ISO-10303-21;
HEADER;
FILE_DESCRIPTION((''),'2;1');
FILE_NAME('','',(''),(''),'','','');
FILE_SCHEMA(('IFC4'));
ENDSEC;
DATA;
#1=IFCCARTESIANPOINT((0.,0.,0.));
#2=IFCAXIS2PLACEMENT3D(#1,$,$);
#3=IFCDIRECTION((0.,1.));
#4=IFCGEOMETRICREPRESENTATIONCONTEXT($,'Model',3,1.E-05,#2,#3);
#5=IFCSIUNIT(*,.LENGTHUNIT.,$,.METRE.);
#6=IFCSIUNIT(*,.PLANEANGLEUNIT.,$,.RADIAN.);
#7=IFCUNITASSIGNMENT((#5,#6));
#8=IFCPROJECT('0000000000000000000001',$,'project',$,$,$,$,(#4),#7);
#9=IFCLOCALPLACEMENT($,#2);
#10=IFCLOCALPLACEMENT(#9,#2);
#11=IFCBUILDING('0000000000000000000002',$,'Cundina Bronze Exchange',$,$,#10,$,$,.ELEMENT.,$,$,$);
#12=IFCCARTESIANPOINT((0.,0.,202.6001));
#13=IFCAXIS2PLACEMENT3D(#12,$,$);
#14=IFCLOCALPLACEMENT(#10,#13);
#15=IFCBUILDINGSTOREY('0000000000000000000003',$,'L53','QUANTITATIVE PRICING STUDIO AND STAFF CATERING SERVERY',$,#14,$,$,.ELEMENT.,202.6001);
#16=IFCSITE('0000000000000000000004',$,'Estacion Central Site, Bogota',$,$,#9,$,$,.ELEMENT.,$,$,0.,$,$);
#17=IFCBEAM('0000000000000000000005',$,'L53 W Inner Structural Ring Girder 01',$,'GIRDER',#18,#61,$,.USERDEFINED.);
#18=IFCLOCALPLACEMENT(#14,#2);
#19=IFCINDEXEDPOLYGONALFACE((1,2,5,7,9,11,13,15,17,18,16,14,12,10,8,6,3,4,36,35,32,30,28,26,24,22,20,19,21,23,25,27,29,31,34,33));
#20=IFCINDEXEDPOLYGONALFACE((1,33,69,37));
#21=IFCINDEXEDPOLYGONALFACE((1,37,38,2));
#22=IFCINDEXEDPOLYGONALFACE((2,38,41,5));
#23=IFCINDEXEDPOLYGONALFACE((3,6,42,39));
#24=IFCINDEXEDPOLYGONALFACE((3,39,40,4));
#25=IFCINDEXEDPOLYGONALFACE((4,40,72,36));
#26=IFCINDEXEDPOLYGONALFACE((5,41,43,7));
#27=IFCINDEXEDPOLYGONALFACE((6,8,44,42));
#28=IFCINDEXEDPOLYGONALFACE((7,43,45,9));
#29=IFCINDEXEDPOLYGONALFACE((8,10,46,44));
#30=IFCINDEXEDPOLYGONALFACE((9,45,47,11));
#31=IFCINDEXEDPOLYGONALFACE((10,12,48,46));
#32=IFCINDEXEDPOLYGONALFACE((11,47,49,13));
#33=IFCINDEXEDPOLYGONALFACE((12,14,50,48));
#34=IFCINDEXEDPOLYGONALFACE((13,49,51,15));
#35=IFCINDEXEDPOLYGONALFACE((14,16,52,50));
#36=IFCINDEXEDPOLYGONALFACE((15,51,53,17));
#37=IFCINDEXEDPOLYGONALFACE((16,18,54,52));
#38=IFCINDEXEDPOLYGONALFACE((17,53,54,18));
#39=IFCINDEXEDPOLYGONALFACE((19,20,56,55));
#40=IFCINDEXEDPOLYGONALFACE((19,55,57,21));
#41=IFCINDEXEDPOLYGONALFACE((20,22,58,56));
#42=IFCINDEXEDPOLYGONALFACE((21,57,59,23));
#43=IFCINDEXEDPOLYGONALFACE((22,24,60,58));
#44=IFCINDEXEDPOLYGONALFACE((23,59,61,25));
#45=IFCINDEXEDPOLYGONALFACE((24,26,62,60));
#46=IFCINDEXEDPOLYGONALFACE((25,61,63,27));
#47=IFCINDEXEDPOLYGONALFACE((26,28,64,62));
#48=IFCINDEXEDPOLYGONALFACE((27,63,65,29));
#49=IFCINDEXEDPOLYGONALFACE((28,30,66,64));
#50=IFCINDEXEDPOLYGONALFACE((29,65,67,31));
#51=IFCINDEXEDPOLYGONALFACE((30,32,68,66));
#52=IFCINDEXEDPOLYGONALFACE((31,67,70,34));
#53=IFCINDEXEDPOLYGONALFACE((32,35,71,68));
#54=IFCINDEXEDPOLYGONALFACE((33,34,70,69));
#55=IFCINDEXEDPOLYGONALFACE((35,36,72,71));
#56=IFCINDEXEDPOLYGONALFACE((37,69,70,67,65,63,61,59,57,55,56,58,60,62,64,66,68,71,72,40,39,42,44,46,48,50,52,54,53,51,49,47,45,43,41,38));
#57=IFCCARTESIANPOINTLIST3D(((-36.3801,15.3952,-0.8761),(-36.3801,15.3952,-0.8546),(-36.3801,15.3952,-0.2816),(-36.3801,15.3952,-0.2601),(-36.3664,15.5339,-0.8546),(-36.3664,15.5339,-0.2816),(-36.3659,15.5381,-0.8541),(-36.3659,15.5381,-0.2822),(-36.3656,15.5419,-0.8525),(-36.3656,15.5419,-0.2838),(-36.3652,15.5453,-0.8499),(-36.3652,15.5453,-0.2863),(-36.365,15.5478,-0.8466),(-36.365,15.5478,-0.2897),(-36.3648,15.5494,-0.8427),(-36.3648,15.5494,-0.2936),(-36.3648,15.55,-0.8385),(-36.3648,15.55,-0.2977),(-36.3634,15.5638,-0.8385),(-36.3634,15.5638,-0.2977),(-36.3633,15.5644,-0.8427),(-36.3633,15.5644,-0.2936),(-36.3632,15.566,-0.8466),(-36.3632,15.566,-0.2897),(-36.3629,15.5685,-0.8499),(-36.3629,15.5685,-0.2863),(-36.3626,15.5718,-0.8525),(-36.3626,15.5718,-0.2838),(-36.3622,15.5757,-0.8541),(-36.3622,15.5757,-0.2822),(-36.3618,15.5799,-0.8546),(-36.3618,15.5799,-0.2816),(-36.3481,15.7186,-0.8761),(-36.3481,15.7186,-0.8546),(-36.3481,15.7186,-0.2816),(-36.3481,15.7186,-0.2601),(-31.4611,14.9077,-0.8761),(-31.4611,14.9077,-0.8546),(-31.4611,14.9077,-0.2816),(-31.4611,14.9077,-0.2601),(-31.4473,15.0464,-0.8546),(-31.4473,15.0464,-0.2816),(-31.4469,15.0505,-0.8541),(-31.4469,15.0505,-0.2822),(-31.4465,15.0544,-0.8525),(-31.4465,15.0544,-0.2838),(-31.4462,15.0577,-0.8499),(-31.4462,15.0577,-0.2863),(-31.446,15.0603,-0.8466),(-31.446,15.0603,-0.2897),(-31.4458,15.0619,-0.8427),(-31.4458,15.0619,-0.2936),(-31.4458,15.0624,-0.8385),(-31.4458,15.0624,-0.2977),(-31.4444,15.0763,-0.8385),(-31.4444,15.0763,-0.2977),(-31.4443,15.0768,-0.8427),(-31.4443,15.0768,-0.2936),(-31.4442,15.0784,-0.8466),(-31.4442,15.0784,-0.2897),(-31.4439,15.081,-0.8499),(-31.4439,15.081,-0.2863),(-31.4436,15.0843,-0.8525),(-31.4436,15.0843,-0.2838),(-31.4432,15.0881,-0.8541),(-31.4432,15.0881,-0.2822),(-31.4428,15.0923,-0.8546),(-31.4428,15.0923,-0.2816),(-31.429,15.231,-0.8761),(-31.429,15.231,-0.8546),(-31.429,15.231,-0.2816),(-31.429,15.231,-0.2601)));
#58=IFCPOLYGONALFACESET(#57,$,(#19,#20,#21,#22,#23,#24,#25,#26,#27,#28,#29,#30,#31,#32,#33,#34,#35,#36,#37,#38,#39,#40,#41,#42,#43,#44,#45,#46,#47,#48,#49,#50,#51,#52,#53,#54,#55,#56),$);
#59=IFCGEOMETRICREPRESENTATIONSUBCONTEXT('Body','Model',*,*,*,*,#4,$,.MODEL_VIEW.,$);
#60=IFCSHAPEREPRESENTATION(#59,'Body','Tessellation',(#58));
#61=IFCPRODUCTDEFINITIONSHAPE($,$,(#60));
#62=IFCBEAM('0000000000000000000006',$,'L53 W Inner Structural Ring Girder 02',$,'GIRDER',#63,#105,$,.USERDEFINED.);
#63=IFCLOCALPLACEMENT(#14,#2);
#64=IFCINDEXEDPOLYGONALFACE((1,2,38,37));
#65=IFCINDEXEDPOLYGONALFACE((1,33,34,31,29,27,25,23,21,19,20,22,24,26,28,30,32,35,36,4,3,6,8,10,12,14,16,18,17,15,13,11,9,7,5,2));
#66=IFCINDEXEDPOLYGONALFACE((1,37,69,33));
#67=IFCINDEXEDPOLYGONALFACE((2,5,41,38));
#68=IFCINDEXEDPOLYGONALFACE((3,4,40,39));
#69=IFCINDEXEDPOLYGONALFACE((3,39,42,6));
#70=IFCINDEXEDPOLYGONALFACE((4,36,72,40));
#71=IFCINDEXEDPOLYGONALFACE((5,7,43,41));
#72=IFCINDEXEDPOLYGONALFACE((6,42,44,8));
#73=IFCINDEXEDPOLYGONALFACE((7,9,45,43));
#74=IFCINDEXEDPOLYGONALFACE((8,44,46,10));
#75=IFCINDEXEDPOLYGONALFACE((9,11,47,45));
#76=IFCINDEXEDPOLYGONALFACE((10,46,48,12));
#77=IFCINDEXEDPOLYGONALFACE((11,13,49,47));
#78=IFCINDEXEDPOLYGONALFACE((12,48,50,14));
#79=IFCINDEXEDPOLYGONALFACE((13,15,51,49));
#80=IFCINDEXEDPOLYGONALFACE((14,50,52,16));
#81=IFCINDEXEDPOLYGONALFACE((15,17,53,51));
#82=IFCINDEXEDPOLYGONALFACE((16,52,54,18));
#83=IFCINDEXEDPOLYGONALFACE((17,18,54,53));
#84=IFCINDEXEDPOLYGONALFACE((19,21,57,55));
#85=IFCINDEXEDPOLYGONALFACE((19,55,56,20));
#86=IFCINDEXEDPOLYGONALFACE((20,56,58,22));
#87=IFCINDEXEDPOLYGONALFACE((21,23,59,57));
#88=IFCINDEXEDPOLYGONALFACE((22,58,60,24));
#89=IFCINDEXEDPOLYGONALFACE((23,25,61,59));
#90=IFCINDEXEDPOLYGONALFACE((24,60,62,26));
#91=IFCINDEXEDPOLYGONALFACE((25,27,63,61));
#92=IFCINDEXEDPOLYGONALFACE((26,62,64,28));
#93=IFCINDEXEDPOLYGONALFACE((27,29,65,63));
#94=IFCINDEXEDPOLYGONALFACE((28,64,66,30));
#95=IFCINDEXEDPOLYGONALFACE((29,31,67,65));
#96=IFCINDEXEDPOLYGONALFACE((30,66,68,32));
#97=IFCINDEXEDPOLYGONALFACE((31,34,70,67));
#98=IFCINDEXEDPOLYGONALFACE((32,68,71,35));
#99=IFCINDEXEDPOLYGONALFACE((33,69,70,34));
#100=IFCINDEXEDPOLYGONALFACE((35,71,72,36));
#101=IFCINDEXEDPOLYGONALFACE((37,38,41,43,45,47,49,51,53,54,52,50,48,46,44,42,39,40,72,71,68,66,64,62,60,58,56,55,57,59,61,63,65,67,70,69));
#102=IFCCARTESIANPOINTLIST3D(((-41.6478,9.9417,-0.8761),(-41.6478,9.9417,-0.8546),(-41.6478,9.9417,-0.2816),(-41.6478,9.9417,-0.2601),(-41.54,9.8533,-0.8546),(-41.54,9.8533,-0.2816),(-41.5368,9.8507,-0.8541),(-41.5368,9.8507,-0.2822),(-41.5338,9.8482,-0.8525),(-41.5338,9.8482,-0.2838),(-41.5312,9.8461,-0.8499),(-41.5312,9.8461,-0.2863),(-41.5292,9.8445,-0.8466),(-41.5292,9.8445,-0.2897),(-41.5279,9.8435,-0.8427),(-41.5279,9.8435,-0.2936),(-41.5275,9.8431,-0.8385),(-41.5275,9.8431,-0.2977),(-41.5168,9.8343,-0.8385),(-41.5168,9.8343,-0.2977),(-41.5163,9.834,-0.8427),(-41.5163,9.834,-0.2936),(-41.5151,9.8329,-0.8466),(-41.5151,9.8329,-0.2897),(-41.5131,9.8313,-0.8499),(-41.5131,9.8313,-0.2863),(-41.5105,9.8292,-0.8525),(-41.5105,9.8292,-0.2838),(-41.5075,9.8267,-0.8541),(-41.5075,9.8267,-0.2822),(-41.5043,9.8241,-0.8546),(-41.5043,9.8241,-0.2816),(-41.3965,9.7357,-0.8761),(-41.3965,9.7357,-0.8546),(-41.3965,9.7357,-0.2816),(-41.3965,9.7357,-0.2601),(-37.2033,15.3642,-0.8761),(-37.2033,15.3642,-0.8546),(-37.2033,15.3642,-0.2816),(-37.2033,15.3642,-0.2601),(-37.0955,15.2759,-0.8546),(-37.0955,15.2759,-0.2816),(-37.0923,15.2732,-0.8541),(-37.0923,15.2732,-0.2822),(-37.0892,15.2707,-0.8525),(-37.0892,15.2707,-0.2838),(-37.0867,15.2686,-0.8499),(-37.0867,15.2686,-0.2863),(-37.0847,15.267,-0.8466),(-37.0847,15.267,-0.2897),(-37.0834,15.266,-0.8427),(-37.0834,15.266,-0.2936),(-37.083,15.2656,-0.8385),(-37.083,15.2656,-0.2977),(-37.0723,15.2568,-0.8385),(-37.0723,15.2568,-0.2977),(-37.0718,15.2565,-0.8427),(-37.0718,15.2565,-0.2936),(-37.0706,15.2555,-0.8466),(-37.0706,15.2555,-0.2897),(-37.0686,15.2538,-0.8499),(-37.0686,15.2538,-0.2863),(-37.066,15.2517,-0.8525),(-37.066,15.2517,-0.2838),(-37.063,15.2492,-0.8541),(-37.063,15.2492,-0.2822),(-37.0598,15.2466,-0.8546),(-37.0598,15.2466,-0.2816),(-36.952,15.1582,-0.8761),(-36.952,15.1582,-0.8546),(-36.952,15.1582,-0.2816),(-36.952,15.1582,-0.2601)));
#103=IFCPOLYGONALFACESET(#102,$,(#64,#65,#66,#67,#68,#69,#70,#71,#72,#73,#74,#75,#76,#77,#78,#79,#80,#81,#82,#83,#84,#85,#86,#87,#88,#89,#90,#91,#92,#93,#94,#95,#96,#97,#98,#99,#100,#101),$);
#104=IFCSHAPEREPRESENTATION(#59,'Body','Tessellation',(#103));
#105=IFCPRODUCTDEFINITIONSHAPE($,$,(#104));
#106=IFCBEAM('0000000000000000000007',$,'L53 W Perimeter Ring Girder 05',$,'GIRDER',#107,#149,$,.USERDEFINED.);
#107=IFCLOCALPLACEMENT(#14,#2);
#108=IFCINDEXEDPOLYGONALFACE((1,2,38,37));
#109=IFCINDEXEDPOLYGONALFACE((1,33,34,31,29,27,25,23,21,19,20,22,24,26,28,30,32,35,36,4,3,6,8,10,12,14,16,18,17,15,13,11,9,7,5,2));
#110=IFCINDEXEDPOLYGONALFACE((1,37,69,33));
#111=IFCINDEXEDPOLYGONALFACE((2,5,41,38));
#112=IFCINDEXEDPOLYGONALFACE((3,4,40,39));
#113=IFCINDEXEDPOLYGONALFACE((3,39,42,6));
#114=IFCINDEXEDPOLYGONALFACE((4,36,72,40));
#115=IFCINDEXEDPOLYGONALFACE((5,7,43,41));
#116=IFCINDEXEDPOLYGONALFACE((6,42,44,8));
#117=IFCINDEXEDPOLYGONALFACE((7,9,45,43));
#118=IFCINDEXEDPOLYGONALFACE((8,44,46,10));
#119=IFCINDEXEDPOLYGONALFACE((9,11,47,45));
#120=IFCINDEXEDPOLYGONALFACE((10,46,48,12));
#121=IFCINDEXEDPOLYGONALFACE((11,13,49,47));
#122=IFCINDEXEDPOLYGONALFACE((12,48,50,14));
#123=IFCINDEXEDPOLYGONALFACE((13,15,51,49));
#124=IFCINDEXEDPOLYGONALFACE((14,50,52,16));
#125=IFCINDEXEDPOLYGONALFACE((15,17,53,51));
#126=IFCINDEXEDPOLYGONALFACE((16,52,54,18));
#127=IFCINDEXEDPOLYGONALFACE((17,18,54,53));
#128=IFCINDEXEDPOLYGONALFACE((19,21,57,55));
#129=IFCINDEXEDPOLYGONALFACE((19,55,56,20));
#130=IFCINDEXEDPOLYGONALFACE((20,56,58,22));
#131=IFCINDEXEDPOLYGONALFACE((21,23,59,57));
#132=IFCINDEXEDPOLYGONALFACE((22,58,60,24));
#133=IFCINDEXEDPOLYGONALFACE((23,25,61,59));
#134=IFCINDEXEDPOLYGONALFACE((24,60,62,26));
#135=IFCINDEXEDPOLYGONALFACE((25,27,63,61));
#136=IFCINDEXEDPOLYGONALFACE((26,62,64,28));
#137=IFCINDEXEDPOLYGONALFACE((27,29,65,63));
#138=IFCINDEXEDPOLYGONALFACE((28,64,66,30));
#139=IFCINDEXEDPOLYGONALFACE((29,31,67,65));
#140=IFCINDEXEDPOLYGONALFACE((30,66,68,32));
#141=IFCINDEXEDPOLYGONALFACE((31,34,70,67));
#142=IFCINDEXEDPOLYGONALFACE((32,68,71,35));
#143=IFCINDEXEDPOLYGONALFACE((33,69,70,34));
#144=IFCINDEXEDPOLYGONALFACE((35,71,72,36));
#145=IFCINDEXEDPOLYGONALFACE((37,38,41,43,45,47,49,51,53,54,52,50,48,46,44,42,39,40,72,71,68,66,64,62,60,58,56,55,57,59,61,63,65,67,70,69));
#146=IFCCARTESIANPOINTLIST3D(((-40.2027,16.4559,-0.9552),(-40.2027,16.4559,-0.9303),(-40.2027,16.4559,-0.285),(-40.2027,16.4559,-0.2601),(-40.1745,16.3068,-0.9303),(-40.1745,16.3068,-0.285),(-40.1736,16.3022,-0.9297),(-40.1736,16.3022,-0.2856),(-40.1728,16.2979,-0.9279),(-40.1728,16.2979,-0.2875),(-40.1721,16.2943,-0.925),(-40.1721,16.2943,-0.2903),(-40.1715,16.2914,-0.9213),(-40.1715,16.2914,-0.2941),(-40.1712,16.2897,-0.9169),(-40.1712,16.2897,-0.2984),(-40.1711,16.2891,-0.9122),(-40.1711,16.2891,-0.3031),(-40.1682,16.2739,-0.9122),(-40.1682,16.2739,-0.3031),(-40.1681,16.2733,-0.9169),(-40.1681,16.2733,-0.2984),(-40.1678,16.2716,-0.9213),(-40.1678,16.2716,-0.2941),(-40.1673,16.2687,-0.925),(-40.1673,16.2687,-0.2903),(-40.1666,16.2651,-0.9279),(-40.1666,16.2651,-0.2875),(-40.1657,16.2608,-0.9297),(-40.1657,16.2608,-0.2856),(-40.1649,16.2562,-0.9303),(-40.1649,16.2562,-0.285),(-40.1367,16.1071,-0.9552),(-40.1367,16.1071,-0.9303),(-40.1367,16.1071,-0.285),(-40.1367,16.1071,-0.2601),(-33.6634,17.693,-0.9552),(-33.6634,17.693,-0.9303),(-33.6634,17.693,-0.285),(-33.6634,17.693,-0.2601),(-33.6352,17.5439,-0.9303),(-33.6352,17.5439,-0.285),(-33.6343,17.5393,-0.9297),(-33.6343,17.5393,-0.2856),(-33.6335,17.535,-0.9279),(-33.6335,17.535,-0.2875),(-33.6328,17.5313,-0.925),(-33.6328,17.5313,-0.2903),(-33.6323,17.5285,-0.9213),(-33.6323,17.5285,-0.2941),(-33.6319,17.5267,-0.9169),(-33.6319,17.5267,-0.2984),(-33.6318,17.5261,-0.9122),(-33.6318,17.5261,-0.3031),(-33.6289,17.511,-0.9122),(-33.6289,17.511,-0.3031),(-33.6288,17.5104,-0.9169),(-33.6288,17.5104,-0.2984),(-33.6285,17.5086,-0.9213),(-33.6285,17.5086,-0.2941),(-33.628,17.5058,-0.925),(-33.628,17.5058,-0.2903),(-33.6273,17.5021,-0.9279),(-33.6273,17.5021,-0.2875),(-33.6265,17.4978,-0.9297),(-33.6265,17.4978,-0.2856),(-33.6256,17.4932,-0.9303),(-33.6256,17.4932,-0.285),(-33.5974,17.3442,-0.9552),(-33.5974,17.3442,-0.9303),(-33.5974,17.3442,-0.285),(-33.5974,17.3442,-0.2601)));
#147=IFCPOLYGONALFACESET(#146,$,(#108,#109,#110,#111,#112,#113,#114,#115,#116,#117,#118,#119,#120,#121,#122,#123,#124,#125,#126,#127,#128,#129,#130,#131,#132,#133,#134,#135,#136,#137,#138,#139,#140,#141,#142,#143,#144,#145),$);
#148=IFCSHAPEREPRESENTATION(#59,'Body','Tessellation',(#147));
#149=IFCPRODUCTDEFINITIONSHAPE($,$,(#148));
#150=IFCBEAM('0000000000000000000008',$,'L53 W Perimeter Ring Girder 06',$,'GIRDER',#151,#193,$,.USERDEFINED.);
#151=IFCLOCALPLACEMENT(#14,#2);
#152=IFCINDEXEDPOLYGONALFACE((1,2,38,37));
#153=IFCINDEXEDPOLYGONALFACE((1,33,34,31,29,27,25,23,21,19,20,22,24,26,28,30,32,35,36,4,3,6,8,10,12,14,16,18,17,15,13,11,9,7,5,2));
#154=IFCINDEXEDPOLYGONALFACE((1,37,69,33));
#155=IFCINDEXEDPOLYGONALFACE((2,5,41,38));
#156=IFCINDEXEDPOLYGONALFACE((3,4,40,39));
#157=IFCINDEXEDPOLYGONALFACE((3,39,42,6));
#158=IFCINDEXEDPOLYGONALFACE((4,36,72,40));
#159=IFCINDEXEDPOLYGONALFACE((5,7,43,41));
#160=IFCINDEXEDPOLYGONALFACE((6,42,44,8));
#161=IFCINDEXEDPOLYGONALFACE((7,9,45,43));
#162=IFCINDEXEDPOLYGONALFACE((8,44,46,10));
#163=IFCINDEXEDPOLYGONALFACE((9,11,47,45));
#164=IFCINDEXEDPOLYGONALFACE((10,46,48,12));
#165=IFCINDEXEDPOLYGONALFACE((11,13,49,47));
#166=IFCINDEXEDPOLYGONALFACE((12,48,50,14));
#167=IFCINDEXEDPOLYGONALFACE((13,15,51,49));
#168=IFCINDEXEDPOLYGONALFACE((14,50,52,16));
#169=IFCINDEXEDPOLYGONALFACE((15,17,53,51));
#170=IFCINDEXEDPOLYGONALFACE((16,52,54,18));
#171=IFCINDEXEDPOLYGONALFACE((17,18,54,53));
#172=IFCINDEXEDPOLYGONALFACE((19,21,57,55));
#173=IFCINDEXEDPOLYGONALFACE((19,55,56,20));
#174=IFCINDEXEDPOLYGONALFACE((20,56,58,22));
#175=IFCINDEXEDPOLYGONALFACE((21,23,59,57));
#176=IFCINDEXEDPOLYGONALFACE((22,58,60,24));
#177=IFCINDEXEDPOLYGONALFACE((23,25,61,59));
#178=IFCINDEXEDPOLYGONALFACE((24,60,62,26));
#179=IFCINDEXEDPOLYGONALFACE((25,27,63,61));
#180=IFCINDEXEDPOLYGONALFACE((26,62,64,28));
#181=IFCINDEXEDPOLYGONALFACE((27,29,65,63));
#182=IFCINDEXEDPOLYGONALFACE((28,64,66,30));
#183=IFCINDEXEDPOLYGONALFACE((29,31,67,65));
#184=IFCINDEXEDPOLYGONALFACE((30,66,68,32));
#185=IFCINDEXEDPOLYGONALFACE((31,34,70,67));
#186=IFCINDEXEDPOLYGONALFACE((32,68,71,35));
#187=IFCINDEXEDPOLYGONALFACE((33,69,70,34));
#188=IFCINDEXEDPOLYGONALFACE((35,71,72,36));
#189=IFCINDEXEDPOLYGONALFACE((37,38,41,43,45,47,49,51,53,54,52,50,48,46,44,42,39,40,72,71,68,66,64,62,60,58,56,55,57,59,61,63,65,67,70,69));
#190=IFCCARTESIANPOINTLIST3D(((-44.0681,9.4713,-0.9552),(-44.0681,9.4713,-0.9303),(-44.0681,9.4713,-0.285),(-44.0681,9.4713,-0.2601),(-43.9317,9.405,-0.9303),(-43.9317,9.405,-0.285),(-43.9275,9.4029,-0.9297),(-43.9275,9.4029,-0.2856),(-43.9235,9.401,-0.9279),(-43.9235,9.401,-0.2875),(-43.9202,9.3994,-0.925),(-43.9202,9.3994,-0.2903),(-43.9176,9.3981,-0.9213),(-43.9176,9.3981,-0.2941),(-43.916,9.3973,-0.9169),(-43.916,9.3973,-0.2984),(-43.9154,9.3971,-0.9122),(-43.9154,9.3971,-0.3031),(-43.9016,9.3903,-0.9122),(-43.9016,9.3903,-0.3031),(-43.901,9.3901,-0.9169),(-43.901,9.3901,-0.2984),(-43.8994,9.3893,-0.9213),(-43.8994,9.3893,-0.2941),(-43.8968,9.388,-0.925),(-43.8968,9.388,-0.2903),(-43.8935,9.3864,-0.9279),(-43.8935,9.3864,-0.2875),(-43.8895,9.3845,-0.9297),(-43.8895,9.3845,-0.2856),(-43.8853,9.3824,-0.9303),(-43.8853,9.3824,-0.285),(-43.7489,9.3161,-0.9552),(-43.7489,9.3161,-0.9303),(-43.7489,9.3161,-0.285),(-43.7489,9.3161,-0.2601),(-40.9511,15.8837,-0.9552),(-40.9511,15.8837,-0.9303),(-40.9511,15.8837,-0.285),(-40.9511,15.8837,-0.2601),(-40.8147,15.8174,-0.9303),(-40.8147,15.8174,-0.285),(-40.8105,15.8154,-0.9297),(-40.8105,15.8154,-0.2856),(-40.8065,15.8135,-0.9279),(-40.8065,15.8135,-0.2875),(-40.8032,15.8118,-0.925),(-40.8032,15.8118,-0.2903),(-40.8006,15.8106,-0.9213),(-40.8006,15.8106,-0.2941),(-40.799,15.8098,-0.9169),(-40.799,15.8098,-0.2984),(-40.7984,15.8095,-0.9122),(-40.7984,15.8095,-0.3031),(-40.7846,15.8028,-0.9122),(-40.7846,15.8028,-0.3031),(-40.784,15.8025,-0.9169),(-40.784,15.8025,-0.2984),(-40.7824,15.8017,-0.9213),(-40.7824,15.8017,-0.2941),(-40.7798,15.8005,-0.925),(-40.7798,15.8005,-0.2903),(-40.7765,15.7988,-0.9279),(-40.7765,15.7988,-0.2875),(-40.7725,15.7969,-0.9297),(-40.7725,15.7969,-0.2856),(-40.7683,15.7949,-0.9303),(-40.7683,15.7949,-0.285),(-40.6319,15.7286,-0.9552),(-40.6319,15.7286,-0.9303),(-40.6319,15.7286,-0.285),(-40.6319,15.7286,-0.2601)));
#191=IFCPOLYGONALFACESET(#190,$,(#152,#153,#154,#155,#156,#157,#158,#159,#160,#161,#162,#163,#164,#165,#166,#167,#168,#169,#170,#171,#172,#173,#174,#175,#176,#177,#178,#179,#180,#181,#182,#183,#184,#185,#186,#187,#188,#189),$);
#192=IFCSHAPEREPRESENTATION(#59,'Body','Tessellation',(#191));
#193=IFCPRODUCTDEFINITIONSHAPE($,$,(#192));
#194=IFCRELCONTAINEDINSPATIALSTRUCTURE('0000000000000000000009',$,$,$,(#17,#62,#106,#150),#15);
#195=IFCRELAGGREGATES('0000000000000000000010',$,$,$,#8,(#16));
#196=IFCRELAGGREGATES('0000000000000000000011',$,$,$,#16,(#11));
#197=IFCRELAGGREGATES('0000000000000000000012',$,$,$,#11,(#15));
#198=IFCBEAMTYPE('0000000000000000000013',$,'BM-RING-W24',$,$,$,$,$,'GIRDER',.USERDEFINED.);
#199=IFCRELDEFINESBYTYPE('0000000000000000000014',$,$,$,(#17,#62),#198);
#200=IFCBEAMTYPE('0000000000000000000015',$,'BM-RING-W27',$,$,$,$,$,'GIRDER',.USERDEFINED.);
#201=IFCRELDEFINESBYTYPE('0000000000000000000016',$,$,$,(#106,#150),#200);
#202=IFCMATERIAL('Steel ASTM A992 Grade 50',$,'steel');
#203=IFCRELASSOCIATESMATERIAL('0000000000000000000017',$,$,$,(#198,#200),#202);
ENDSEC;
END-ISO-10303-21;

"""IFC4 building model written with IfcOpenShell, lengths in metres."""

from ifc_helpers import new_model, si_unit, direction, frame, origin, origin_2d, place, context, subcontext, project, spatial, i_section, extrude, material, material_profile, profile_set, type_object, element, save


model = new_model("IFC4")

# Units and contexts
model_context = context("Model", 3, precision=1e-05, world=origin(), true_north=direction((0.0, 1.0)))
body_context = subcontext(model_context, "Body", "Model", "MODEL_VIEW")
ifc_project = project(units=[si_unit("LENGTHUNIT", "METRE"), si_unit("PLANEANGLEUNIT", "RADIAN")], contexts=[model_context])

# Site, building, storey
site_placement = place(None, origin())
site = spatial("IfcSite", under=ifc_project, at=site_placement, Name="Estacion Central Site, Bogota", CompositionType="ELEMENT", RefElevation=0.0)
building_placement = place(site_placement, origin())
building = spatial("IfcBuilding", under=site, at=building_placement, Name="Cundina Bronze Exchange", CompositionType="ELEMENT")
storey_placement = place(building_placement, frame((0.0, 0.0, 202.6001)))
storey = spatial("IfcBuildingStorey", under=building, at=storey_placement, Name="L53", Description="QUANTITATIVE PRICING STUDIO AND STAFF CATERING SERVERY", CompositionType="ELEMENT", Elevation=202.6001)

# Shared definitions
ifc_material_1 = material(Name="Steel ASTM A992 Grade 50", Category="steel")

# Beams
ifc_material_profile_1 = material_profile(ifc_material_1, i_section(OverallWidth=0.325, OverallDepth=0.616, WebThickness=0.0139, FlangeThickness=0.0215, FilletRadius=0.0161, at=origin_2d()), Name="W24X117", Category="steel")
ifc_profile_set_1 = profile_set([ifc_material_profile_1], Name="Steel ASTM A992 Grade 50")
beam_type_1 = type_object("IfcBeamType", Name="BM-RING-W24", ElementType="GIRDER", PredefinedType="USERDEFINED", material=ifc_profile_set_1)
beam_1_placement = place(storey_placement, frame((-31.4451, 15.0693, -0.5681), z_axis=(-0.995124, 0.098633, 0.0), x_axis=(-0.098633, -0.995124, 0.0)))
element("IfcBeam", 1, at=beam_1_placement, inside=storey, type_object=beam_type_1, Name="L53 W Inner Structural Ring Girder 01", ObjectType="GIRDER", PredefinedType="USERDEFINED", context=body_context, shape_type="SweptSolid", body=[
    extrude(i_section(OverallWidth=0.325, OverallDepth=0.616, WebThickness=0.0139, FlangeThickness=0.0215, FilletRadius=0.0161, at=origin_2d()), origin(), (0.0, 0.0, 1.0), 4.9431),
])
beam_2_placement = place(storey_placement, frame((-37.0776, 15.2612, -0.5681), z_axis=(-0.633913, -0.773405, 0.0), x_axis=(0.773405, -0.633913, 0.0)))
element("IfcBeam", 2, at=beam_2_placement, inside=storey, type_object=beam_type_1, Name="L53 W Inner Structural Ring Girder 02", ObjectType="GIRDER", PredefinedType="USERDEFINED", context=body_context, shape_type="SweptSolid", body=[
    extrude(i_section(OverallWidth=0.325, OverallDepth=0.616, WebThickness=0.0139, FlangeThickness=0.0215, FilletRadius=0.0161, at=origin_2d()), origin(), (0.0, 0.0, 1.0), 7.0112),
])
ifc_material_profile_2 = material_profile(ifc_material_1, i_section(OverallWidth=0.355, OverallDepth=0.6951, WebThickness=0.0154, FlangeThickness=0.0249, FilletRadius=0.0181, at=origin_2d()), Name="W27X146", Category="steel")
ifc_profile_set_2 = profile_set([ifc_material_profile_2], Name="Steel ASTM A992 Grade 50")
beam_type_2 = type_object("IfcBeamType", Name="BM-RING-W27", ElementType="GIRDER", PredefinedType="USERDEFINED", material=ifc_profile_set_2)
beam_3_placement = place(storey_placement, frame((-33.6304, 17.5186, -0.6077), z_axis=(-0.982573, -0.185876, 0.0), x_axis=(0.185876, -0.982573, 0.0)))
element("IfcBeam", 3, at=beam_3_placement, inside=storey, type_object=beam_type_2, Name="L53 W Perimeter Ring Girder 05", ObjectType="GIRDER", PredefinedType="USERDEFINED", context=body_context, shape_type="SweptSolid", body=[
    extrude(i_section(OverallWidth=0.355, OverallDepth=0.6951, WebThickness=0.0154, FlangeThickness=0.0249, FilletRadius=0.0181, at=origin_2d()), origin(), (0.0, 0.0, 1.0), 6.6553),
])
beam_4_placement = place(storey_placement, frame((-40.7915, 15.8062, -0.6077), z_axis=(-0.437173, -0.899377, 0.0), x_axis=(0.899377, -0.437173, 0.0)))
element("IfcBeam", 4, at=beam_4_placement, inside=storey, type_object=beam_type_2, Name="L53 W Perimeter Ring Girder 06", ObjectType="GIRDER", PredefinedType="USERDEFINED", context=body_context, shape_type="SweptSolid", body=[
    extrude(i_section(OverallWidth=0.355, OverallDepth=0.6951, WebThickness=0.0154, FlangeThickness=0.0249, FilletRadius=0.0181, at=origin_2d()), origin(), (0.0, 0.0, 1.0), 7.1299),
])

save(model, "model.ifc")
